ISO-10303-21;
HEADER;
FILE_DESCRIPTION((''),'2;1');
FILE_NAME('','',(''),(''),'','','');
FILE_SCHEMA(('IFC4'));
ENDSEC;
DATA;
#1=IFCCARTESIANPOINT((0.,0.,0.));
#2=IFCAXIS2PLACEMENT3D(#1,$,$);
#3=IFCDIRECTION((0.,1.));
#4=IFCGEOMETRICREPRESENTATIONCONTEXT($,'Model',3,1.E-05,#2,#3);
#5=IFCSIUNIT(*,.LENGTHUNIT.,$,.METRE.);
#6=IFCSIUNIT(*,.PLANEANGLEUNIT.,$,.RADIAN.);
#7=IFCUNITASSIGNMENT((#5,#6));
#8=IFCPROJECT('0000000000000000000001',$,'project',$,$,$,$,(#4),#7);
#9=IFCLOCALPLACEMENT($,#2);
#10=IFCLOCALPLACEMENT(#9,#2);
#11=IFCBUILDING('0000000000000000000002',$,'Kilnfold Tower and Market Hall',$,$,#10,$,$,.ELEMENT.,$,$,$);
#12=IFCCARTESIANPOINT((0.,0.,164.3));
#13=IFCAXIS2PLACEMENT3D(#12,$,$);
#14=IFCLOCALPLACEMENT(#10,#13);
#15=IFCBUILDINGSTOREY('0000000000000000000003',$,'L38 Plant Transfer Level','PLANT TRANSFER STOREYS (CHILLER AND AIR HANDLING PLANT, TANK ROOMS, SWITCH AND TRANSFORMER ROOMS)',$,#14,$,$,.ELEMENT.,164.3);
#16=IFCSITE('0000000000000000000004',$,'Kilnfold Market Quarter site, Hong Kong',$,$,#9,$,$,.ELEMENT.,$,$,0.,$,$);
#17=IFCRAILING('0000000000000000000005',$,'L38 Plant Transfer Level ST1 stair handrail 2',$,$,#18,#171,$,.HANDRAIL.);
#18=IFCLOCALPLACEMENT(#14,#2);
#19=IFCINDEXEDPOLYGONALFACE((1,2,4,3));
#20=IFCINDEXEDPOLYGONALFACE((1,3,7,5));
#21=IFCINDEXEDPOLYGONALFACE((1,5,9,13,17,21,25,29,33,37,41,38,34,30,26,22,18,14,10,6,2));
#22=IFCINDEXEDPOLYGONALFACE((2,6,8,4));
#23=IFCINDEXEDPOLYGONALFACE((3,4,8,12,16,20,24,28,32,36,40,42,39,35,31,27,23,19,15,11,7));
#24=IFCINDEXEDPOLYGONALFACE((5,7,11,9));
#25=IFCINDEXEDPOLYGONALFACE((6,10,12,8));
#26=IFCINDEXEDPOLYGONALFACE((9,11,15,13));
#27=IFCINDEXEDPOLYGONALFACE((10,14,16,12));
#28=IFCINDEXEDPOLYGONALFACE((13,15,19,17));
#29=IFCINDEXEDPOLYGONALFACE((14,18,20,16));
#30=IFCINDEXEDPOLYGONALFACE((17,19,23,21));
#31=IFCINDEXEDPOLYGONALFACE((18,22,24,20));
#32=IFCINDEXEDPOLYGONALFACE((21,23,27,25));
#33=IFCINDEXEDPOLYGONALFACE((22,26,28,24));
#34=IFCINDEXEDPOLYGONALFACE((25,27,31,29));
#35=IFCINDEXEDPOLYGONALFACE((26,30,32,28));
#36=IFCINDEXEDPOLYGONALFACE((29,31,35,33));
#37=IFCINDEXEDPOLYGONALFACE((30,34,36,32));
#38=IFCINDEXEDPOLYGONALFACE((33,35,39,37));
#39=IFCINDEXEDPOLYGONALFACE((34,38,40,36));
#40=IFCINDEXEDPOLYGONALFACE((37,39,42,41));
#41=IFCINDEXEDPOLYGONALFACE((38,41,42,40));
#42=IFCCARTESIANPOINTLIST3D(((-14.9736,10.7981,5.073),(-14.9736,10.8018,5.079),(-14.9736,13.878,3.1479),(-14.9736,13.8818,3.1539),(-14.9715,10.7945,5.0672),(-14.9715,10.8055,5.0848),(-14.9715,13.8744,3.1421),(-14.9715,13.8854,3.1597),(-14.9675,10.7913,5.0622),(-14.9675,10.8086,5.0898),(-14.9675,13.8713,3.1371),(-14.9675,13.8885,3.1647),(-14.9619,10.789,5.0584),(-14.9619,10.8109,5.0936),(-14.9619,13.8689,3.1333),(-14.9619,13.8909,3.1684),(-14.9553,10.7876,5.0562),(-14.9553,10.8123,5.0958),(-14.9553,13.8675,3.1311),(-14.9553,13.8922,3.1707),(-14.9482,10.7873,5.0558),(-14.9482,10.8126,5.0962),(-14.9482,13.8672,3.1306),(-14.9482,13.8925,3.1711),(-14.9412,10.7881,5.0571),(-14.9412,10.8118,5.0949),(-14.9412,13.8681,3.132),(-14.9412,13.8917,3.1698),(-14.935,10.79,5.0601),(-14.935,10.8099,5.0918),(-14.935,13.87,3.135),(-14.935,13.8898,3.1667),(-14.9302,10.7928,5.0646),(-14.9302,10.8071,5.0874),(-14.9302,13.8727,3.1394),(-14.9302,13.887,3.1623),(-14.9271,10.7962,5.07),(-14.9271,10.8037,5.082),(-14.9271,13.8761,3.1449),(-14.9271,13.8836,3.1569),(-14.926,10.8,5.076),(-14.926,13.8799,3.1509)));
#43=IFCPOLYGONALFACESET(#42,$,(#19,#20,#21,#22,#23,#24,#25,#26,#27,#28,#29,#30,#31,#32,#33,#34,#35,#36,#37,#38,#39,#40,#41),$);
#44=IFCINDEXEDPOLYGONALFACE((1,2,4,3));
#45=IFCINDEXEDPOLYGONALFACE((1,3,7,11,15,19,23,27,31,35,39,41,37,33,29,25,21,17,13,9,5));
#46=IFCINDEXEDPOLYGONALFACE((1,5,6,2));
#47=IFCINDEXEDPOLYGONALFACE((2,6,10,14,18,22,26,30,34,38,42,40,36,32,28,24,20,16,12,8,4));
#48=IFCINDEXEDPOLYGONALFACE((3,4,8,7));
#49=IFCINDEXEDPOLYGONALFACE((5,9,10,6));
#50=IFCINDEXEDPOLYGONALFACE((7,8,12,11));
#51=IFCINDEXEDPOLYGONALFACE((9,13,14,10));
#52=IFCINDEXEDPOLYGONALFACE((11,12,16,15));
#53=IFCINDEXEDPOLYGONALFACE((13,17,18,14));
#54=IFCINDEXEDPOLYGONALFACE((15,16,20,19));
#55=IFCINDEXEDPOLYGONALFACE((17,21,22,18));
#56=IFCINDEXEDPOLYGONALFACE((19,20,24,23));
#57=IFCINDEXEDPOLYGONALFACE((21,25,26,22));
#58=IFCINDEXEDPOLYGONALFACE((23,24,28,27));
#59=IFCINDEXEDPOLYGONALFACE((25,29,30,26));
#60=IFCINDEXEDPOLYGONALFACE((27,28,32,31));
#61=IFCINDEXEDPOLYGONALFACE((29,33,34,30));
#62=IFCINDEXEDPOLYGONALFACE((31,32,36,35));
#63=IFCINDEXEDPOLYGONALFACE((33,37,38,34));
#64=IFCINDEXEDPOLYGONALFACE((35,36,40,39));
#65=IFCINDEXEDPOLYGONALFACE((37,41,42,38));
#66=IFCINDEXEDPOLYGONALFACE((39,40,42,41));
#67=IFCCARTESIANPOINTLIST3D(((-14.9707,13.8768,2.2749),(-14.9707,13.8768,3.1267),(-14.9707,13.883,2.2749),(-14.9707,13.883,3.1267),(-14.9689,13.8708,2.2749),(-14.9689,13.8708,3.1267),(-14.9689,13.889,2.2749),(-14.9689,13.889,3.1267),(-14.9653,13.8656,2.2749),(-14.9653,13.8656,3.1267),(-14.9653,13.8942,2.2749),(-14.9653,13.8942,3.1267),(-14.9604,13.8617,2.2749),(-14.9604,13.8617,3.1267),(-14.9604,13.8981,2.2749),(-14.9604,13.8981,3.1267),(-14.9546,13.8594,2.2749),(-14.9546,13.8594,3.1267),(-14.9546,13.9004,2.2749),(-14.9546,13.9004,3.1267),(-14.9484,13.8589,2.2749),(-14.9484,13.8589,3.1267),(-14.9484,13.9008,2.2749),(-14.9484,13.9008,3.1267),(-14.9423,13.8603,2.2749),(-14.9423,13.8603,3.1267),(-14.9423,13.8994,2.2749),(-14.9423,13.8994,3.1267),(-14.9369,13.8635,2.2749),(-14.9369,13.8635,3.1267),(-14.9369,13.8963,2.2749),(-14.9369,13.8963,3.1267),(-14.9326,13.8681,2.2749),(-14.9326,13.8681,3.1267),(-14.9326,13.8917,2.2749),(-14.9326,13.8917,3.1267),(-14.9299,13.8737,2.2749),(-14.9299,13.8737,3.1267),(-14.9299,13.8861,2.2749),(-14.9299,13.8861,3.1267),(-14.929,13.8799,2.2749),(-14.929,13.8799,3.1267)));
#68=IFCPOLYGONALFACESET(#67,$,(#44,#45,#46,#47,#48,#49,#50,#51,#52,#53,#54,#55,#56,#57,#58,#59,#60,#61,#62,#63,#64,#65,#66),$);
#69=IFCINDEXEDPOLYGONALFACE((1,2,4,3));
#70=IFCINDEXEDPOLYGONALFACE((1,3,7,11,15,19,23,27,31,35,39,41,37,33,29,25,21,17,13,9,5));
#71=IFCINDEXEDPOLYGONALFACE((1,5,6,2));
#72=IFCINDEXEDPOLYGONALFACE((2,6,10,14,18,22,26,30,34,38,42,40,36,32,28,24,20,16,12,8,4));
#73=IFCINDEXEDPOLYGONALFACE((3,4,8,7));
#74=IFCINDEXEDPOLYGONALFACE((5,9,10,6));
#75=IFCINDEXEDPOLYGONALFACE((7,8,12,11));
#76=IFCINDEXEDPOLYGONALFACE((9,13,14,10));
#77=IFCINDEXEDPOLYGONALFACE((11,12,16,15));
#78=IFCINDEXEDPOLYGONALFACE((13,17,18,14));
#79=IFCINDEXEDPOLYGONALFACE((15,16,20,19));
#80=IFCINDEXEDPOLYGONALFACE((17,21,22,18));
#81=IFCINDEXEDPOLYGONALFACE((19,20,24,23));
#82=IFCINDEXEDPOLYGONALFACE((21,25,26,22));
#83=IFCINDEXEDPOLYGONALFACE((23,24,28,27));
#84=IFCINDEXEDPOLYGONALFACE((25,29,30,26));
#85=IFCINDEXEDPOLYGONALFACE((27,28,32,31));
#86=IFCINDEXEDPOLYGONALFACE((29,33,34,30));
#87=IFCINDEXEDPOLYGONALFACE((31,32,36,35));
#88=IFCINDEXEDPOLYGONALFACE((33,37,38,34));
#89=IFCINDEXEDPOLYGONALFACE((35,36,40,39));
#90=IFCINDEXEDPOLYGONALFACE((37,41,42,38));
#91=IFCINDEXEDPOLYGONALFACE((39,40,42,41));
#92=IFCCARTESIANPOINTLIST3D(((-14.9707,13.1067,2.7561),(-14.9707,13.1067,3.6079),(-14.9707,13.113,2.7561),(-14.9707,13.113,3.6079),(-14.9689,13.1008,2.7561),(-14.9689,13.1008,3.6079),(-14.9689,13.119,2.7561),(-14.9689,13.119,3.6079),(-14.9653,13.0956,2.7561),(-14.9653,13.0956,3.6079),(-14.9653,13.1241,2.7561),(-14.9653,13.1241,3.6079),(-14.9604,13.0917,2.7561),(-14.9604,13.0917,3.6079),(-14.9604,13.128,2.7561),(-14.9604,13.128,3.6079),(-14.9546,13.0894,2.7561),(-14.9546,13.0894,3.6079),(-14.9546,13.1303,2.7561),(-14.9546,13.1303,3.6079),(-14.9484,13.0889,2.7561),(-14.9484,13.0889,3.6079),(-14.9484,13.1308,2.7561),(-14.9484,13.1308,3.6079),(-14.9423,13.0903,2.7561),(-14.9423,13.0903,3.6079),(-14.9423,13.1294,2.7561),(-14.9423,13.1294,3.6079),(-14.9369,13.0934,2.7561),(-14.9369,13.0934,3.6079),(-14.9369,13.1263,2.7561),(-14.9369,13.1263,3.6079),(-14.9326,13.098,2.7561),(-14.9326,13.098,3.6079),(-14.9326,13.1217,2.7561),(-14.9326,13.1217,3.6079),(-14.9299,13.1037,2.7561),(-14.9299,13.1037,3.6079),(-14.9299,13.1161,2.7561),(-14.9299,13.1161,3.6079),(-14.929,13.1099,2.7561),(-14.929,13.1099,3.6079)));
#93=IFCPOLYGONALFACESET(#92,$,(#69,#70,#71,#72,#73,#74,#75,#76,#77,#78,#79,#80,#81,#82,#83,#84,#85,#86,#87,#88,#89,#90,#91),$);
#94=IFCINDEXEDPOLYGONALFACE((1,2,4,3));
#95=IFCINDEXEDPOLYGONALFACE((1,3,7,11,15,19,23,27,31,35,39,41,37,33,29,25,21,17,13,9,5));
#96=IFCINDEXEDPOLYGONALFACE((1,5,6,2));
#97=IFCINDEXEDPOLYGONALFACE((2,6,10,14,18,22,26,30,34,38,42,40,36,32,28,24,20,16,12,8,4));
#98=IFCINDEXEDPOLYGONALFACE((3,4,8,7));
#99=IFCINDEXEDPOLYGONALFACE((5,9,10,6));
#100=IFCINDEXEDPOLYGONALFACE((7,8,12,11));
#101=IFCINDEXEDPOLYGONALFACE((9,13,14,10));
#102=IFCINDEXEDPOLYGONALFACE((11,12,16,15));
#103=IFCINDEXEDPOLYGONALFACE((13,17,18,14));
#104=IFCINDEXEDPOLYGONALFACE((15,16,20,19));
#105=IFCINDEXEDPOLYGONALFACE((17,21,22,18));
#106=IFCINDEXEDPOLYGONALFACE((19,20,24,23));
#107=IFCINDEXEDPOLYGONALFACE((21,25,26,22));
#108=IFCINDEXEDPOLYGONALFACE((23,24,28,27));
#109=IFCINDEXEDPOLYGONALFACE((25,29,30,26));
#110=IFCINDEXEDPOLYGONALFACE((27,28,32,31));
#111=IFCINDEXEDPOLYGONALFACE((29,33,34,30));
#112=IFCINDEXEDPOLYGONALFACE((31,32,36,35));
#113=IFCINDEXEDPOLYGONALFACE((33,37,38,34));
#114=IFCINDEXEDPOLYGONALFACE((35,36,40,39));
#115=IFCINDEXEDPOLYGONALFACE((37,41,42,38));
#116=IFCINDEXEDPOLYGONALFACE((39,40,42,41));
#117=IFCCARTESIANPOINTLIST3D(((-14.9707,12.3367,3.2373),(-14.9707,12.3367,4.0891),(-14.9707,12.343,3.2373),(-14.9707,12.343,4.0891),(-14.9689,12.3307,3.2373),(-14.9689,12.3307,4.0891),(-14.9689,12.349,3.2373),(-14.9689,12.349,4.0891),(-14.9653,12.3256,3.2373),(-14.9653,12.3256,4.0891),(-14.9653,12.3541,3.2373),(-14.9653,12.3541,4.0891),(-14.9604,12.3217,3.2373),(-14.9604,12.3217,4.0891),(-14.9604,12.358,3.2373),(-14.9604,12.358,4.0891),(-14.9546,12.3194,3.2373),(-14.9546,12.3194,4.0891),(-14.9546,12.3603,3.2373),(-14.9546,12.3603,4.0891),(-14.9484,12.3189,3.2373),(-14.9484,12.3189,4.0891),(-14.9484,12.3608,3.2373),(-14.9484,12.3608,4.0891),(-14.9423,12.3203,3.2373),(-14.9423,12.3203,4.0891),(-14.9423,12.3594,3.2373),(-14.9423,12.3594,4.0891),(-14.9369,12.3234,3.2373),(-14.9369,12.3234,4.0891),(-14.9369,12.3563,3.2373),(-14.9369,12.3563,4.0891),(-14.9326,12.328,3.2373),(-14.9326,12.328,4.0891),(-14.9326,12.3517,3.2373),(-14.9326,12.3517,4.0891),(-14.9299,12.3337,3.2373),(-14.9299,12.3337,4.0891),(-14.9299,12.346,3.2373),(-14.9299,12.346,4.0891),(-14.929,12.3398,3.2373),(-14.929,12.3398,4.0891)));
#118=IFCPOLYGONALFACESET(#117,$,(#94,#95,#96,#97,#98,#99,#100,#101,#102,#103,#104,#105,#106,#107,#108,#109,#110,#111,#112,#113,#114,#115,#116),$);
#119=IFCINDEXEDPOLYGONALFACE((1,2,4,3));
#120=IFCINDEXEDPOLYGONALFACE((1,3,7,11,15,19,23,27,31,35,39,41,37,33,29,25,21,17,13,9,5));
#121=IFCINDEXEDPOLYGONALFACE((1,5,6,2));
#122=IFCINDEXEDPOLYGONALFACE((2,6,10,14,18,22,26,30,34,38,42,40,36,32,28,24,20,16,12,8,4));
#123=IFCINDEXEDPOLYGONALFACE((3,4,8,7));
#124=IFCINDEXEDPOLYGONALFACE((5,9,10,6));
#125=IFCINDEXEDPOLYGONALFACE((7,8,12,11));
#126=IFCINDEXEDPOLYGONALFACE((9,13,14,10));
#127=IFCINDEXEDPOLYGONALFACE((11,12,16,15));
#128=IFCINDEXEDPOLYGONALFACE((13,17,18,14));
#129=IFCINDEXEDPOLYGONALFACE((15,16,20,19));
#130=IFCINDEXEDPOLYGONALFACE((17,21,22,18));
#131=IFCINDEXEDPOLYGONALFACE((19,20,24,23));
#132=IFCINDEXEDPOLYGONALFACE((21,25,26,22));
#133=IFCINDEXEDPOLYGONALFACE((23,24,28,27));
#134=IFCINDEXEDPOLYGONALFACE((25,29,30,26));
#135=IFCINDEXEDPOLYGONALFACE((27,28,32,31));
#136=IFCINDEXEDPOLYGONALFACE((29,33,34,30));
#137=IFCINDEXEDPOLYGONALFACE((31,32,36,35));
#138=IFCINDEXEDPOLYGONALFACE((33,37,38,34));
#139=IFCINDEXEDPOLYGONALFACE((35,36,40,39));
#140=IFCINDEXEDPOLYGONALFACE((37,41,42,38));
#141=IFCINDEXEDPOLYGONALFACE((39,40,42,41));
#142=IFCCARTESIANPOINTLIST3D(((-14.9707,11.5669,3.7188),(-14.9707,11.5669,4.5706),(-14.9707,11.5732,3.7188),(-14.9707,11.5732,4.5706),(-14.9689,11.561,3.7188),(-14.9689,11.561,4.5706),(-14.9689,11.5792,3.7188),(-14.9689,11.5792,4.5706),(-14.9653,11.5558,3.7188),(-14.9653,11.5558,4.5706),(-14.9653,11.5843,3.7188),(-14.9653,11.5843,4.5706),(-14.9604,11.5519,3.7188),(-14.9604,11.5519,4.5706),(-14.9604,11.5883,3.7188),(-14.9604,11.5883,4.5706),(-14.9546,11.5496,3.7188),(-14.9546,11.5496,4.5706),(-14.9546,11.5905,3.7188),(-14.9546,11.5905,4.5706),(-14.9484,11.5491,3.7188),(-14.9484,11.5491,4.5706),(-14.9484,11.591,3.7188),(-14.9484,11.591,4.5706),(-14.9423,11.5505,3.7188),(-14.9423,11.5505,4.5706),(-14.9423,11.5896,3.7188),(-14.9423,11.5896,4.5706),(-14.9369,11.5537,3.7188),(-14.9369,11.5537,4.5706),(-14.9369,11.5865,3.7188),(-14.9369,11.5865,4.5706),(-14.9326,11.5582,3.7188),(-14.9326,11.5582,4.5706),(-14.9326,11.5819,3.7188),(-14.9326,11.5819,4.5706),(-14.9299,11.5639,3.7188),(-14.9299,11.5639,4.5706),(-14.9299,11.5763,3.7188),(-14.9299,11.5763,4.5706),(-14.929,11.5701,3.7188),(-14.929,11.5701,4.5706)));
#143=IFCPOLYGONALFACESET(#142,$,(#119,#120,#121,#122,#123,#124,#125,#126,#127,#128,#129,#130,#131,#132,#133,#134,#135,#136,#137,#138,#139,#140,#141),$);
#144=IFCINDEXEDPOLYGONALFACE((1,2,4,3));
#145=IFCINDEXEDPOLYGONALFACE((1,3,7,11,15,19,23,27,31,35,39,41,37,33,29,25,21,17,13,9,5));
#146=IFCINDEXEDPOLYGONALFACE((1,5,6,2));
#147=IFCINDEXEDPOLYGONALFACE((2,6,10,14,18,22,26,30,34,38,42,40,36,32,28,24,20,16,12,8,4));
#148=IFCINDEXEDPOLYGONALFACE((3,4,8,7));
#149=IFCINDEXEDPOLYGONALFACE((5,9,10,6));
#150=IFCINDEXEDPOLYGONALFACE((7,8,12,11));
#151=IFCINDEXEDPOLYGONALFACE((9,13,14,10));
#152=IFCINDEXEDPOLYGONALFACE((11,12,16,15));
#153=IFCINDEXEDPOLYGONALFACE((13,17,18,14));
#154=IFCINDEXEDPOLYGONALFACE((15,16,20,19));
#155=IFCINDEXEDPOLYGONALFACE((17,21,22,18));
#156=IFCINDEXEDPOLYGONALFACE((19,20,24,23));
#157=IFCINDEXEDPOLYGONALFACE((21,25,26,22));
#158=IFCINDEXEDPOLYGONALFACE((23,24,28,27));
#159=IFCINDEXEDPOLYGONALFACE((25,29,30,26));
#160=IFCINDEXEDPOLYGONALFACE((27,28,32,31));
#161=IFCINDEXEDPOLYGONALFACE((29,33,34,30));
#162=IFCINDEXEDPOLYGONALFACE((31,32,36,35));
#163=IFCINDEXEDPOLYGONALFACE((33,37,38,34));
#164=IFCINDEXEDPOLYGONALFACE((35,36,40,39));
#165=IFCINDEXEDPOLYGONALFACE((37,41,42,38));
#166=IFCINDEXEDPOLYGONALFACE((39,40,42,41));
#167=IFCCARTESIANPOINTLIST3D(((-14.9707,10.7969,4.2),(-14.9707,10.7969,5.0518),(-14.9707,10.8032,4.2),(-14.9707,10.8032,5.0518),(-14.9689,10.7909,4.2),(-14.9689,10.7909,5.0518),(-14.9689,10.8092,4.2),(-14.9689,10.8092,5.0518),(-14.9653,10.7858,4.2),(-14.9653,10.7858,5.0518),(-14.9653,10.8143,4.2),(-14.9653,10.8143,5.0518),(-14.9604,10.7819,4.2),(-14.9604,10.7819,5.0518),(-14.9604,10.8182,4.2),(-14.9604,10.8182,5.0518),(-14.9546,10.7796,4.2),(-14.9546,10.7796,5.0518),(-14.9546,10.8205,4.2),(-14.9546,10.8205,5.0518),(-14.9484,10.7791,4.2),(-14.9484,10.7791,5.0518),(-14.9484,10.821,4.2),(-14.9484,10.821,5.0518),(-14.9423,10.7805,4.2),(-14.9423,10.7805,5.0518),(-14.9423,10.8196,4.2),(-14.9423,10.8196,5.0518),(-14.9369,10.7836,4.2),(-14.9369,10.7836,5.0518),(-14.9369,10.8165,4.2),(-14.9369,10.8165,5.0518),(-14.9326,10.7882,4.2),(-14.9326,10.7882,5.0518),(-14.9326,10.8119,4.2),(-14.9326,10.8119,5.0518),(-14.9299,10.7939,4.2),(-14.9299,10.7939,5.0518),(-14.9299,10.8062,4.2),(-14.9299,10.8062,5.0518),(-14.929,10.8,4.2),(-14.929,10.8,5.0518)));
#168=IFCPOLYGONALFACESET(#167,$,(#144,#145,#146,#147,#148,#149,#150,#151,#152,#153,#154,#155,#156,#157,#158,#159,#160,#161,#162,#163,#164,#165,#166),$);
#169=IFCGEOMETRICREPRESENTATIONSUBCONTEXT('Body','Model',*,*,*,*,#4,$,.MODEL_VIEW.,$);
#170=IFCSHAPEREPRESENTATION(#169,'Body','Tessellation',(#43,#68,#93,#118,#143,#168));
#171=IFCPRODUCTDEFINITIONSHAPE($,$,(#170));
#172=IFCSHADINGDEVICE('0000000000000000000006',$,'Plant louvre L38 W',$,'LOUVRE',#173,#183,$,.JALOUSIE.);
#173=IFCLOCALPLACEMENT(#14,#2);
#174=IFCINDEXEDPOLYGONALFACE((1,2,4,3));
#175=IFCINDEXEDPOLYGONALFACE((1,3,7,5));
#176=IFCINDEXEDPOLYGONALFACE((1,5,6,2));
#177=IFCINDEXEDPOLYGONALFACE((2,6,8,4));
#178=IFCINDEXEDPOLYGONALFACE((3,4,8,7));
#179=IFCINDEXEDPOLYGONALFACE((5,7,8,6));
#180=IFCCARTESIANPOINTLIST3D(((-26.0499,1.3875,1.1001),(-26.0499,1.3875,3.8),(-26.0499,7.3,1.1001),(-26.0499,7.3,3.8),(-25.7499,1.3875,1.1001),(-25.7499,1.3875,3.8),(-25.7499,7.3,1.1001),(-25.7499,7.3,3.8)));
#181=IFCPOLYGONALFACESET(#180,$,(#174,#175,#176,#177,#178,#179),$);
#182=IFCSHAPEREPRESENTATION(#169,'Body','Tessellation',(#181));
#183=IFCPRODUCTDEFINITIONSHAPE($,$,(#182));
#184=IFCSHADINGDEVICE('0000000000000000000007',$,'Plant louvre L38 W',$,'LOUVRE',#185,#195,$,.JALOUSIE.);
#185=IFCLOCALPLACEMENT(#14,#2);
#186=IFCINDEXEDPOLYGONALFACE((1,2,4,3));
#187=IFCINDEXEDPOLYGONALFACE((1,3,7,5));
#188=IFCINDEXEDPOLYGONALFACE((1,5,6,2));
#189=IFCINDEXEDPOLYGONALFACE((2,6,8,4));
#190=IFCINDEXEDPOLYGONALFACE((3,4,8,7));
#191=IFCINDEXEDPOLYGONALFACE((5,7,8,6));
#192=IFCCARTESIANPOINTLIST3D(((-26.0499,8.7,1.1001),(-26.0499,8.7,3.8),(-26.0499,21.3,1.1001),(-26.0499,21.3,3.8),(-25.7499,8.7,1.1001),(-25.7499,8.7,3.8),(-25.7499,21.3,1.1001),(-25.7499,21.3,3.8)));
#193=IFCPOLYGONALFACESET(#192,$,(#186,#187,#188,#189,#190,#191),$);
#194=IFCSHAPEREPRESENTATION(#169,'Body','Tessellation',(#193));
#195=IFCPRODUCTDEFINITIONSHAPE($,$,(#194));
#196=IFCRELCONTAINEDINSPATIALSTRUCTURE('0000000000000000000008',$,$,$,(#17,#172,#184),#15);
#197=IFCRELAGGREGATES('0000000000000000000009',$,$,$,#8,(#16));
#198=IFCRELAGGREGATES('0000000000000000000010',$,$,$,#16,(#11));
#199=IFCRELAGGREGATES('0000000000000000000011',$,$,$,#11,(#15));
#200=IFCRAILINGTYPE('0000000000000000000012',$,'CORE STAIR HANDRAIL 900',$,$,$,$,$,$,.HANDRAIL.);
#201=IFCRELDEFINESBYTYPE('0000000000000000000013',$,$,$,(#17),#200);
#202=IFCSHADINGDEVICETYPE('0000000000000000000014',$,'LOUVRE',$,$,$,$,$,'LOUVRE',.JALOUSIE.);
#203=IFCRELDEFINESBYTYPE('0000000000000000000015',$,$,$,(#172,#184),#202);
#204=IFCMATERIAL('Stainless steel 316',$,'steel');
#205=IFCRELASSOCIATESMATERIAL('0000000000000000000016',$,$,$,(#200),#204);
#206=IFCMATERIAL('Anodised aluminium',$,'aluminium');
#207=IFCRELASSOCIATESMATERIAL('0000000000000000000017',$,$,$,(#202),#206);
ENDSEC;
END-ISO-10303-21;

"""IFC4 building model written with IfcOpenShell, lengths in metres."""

from ifc_helpers import new_model, si_unit, direction, frame, origin, origin_2d, place, context, subcontext, project, spatial, rectangle, circle, extrude, source, transform, mapped, material, type_object, element, save


model = new_model("IFC4")

# Units and contexts
model_context = context("Model", 3, precision=1e-05, world=origin(), true_north=direction((0.0, 1.0)))
body_context = subcontext(model_context, "Body", "Model", "MODEL_VIEW")
ifc_project = project(units=[si_unit("LENGTHUNIT", "METRE"), si_unit("PLANEANGLEUNIT", "RADIAN")], contexts=[model_context])

# Site, building, storey
site_placement = place(None, origin())
site = spatial("IfcSite", under=ifc_project, at=site_placement, Name="Kilnfold Market Quarter site, Hong Kong", CompositionType="ELEMENT", RefElevation=0.0)
building_placement = place(site_placement, origin())
building = spatial("IfcBuilding", under=site, at=building_placement, Name="Kilnfold Tower and Market Hall", CompositionType="ELEMENT")
storey_placement = place(building_placement, frame((0.0, 0.0, 164.3)))
storey = spatial("IfcBuildingStorey", under=building, at=storey_placement, Name="L38 Plant Transfer Level", Description="PLANT TRANSFER STOREYS (CHILLER AND AIR HANDLING PLANT, TANK ROOMS, SWITCH AND TRANSFORMER ROOMS)", CompositionType="ELEMENT", Elevation=164.3)

# Railing
ifc_material_1 = material(Name="Stainless steel 316", Category="steel")
railing_type_1 = type_object("IfcRailingType", Name="CORE STAIR HANDRAIL 900", PredefinedType="HANDRAIL", material=ifc_material_1)
railing_1_placement = place(storey_placement, frame((-14.95, 13.8799, 2.2749)))
element("IfcRailing", 1, at=railing_1_placement, inside=storey, type_object=railing_type_1, Name="L38 Plant Transfer Level ST1 stair handrail 2", PredefinedType="HANDRAIL", context=body_context, shape_type="SweptSolid", body=[
    extrude(circle(Radius=0.0239, at=origin_2d()), frame((0.0, 0.0, 0.876), z_axis=(0.0, -0.847979, 0.530029), x_axis=(1.0, 0.0, 0.0)), (0.0, 0.0, 1.0), 3.6321),
    extrude(circle(Radius=0.021, at=origin_2d()), origin(), (0.0, 0.0, 1.0), 0.8518),
    extrude(circle(Radius=0.021, at=origin_2d()), frame((0.0, -0.77, 0.4812)), (0.0, 0.0, 1.0), 0.8518),
    extrude(circle(Radius=0.021, at=origin_2d()), frame((0.0, -1.54, 0.9624)), (0.0, 0.0, 1.0), 0.8518),
    extrude(circle(Radius=0.021, at=origin_2d()), frame((0.0, -2.3098, 1.4438)), (0.0, 0.0, 1.0), 0.8518),
    extrude(circle(Radius=0.021, at=origin_2d()), frame((0.0, -3.0798, 1.925)), (0.0, 0.0, 1.0), 0.8518),
])

# Shading devices
ifc_material_2 = material(Name="Anodised aluminium", Category="aluminium")
shading_device_type = type_object("IfcShadingDeviceType", Name="LOUVRE", ElementType="LOUVRE", PredefinedType="JALOUSIE", material=ifc_material_2)
shared_shape_1 = source(origin(), body_context, "Body", "SweptSolid", [
    extrude(rectangle(XDim=5.9126, YDim=0.3, at=origin_2d()), origin(), (0.0, 0.0, 1.0), 2.7),
])
shading_device_1_placement = place(storey_placement, frame((-25.8999, 4.3438, 1.1001), z_axis=(0.0, 0.0, 1.0), x_axis=(0.0, -1.0, 0.0)))
element("IfcShadingDevice", 2, at=shading_device_1_placement, inside=storey, type_object=shading_device_type, Name="Plant louvre L38 W", ObjectType="LOUVRE", PredefinedType="JALOUSIE", context=body_context, shape_type="MappedRepresentation", body=[
    mapped(shared_shape_1, transform((0.0, 0.0, 0.0))),
])
shared_shape_2 = source(origin(), body_context, "Body", "SweptSolid", [
    extrude(rectangle(XDim=12.6001, YDim=0.3, at=origin_2d()), origin(), (0.0, 0.0, 1.0), 2.7),
])
shading_device_2_placement = place(storey_placement, frame((-25.8999, 15.0, 1.1001), z_axis=(0.0, 0.0, 1.0), x_axis=(0.0, -1.0, 0.0)))
element("IfcShadingDevice", 3, at=shading_device_2_placement, inside=storey, type_object=shading_device_type, Name="Plant louvre L38 W", ObjectType="LOUVRE", PredefinedType="JALOUSIE", context=body_context, shape_type="MappedRepresentation", body=[
    mapped(shared_shape_2, transform((0.0, 0.0, 0.0))),
])

save(model, "model.ifc")
